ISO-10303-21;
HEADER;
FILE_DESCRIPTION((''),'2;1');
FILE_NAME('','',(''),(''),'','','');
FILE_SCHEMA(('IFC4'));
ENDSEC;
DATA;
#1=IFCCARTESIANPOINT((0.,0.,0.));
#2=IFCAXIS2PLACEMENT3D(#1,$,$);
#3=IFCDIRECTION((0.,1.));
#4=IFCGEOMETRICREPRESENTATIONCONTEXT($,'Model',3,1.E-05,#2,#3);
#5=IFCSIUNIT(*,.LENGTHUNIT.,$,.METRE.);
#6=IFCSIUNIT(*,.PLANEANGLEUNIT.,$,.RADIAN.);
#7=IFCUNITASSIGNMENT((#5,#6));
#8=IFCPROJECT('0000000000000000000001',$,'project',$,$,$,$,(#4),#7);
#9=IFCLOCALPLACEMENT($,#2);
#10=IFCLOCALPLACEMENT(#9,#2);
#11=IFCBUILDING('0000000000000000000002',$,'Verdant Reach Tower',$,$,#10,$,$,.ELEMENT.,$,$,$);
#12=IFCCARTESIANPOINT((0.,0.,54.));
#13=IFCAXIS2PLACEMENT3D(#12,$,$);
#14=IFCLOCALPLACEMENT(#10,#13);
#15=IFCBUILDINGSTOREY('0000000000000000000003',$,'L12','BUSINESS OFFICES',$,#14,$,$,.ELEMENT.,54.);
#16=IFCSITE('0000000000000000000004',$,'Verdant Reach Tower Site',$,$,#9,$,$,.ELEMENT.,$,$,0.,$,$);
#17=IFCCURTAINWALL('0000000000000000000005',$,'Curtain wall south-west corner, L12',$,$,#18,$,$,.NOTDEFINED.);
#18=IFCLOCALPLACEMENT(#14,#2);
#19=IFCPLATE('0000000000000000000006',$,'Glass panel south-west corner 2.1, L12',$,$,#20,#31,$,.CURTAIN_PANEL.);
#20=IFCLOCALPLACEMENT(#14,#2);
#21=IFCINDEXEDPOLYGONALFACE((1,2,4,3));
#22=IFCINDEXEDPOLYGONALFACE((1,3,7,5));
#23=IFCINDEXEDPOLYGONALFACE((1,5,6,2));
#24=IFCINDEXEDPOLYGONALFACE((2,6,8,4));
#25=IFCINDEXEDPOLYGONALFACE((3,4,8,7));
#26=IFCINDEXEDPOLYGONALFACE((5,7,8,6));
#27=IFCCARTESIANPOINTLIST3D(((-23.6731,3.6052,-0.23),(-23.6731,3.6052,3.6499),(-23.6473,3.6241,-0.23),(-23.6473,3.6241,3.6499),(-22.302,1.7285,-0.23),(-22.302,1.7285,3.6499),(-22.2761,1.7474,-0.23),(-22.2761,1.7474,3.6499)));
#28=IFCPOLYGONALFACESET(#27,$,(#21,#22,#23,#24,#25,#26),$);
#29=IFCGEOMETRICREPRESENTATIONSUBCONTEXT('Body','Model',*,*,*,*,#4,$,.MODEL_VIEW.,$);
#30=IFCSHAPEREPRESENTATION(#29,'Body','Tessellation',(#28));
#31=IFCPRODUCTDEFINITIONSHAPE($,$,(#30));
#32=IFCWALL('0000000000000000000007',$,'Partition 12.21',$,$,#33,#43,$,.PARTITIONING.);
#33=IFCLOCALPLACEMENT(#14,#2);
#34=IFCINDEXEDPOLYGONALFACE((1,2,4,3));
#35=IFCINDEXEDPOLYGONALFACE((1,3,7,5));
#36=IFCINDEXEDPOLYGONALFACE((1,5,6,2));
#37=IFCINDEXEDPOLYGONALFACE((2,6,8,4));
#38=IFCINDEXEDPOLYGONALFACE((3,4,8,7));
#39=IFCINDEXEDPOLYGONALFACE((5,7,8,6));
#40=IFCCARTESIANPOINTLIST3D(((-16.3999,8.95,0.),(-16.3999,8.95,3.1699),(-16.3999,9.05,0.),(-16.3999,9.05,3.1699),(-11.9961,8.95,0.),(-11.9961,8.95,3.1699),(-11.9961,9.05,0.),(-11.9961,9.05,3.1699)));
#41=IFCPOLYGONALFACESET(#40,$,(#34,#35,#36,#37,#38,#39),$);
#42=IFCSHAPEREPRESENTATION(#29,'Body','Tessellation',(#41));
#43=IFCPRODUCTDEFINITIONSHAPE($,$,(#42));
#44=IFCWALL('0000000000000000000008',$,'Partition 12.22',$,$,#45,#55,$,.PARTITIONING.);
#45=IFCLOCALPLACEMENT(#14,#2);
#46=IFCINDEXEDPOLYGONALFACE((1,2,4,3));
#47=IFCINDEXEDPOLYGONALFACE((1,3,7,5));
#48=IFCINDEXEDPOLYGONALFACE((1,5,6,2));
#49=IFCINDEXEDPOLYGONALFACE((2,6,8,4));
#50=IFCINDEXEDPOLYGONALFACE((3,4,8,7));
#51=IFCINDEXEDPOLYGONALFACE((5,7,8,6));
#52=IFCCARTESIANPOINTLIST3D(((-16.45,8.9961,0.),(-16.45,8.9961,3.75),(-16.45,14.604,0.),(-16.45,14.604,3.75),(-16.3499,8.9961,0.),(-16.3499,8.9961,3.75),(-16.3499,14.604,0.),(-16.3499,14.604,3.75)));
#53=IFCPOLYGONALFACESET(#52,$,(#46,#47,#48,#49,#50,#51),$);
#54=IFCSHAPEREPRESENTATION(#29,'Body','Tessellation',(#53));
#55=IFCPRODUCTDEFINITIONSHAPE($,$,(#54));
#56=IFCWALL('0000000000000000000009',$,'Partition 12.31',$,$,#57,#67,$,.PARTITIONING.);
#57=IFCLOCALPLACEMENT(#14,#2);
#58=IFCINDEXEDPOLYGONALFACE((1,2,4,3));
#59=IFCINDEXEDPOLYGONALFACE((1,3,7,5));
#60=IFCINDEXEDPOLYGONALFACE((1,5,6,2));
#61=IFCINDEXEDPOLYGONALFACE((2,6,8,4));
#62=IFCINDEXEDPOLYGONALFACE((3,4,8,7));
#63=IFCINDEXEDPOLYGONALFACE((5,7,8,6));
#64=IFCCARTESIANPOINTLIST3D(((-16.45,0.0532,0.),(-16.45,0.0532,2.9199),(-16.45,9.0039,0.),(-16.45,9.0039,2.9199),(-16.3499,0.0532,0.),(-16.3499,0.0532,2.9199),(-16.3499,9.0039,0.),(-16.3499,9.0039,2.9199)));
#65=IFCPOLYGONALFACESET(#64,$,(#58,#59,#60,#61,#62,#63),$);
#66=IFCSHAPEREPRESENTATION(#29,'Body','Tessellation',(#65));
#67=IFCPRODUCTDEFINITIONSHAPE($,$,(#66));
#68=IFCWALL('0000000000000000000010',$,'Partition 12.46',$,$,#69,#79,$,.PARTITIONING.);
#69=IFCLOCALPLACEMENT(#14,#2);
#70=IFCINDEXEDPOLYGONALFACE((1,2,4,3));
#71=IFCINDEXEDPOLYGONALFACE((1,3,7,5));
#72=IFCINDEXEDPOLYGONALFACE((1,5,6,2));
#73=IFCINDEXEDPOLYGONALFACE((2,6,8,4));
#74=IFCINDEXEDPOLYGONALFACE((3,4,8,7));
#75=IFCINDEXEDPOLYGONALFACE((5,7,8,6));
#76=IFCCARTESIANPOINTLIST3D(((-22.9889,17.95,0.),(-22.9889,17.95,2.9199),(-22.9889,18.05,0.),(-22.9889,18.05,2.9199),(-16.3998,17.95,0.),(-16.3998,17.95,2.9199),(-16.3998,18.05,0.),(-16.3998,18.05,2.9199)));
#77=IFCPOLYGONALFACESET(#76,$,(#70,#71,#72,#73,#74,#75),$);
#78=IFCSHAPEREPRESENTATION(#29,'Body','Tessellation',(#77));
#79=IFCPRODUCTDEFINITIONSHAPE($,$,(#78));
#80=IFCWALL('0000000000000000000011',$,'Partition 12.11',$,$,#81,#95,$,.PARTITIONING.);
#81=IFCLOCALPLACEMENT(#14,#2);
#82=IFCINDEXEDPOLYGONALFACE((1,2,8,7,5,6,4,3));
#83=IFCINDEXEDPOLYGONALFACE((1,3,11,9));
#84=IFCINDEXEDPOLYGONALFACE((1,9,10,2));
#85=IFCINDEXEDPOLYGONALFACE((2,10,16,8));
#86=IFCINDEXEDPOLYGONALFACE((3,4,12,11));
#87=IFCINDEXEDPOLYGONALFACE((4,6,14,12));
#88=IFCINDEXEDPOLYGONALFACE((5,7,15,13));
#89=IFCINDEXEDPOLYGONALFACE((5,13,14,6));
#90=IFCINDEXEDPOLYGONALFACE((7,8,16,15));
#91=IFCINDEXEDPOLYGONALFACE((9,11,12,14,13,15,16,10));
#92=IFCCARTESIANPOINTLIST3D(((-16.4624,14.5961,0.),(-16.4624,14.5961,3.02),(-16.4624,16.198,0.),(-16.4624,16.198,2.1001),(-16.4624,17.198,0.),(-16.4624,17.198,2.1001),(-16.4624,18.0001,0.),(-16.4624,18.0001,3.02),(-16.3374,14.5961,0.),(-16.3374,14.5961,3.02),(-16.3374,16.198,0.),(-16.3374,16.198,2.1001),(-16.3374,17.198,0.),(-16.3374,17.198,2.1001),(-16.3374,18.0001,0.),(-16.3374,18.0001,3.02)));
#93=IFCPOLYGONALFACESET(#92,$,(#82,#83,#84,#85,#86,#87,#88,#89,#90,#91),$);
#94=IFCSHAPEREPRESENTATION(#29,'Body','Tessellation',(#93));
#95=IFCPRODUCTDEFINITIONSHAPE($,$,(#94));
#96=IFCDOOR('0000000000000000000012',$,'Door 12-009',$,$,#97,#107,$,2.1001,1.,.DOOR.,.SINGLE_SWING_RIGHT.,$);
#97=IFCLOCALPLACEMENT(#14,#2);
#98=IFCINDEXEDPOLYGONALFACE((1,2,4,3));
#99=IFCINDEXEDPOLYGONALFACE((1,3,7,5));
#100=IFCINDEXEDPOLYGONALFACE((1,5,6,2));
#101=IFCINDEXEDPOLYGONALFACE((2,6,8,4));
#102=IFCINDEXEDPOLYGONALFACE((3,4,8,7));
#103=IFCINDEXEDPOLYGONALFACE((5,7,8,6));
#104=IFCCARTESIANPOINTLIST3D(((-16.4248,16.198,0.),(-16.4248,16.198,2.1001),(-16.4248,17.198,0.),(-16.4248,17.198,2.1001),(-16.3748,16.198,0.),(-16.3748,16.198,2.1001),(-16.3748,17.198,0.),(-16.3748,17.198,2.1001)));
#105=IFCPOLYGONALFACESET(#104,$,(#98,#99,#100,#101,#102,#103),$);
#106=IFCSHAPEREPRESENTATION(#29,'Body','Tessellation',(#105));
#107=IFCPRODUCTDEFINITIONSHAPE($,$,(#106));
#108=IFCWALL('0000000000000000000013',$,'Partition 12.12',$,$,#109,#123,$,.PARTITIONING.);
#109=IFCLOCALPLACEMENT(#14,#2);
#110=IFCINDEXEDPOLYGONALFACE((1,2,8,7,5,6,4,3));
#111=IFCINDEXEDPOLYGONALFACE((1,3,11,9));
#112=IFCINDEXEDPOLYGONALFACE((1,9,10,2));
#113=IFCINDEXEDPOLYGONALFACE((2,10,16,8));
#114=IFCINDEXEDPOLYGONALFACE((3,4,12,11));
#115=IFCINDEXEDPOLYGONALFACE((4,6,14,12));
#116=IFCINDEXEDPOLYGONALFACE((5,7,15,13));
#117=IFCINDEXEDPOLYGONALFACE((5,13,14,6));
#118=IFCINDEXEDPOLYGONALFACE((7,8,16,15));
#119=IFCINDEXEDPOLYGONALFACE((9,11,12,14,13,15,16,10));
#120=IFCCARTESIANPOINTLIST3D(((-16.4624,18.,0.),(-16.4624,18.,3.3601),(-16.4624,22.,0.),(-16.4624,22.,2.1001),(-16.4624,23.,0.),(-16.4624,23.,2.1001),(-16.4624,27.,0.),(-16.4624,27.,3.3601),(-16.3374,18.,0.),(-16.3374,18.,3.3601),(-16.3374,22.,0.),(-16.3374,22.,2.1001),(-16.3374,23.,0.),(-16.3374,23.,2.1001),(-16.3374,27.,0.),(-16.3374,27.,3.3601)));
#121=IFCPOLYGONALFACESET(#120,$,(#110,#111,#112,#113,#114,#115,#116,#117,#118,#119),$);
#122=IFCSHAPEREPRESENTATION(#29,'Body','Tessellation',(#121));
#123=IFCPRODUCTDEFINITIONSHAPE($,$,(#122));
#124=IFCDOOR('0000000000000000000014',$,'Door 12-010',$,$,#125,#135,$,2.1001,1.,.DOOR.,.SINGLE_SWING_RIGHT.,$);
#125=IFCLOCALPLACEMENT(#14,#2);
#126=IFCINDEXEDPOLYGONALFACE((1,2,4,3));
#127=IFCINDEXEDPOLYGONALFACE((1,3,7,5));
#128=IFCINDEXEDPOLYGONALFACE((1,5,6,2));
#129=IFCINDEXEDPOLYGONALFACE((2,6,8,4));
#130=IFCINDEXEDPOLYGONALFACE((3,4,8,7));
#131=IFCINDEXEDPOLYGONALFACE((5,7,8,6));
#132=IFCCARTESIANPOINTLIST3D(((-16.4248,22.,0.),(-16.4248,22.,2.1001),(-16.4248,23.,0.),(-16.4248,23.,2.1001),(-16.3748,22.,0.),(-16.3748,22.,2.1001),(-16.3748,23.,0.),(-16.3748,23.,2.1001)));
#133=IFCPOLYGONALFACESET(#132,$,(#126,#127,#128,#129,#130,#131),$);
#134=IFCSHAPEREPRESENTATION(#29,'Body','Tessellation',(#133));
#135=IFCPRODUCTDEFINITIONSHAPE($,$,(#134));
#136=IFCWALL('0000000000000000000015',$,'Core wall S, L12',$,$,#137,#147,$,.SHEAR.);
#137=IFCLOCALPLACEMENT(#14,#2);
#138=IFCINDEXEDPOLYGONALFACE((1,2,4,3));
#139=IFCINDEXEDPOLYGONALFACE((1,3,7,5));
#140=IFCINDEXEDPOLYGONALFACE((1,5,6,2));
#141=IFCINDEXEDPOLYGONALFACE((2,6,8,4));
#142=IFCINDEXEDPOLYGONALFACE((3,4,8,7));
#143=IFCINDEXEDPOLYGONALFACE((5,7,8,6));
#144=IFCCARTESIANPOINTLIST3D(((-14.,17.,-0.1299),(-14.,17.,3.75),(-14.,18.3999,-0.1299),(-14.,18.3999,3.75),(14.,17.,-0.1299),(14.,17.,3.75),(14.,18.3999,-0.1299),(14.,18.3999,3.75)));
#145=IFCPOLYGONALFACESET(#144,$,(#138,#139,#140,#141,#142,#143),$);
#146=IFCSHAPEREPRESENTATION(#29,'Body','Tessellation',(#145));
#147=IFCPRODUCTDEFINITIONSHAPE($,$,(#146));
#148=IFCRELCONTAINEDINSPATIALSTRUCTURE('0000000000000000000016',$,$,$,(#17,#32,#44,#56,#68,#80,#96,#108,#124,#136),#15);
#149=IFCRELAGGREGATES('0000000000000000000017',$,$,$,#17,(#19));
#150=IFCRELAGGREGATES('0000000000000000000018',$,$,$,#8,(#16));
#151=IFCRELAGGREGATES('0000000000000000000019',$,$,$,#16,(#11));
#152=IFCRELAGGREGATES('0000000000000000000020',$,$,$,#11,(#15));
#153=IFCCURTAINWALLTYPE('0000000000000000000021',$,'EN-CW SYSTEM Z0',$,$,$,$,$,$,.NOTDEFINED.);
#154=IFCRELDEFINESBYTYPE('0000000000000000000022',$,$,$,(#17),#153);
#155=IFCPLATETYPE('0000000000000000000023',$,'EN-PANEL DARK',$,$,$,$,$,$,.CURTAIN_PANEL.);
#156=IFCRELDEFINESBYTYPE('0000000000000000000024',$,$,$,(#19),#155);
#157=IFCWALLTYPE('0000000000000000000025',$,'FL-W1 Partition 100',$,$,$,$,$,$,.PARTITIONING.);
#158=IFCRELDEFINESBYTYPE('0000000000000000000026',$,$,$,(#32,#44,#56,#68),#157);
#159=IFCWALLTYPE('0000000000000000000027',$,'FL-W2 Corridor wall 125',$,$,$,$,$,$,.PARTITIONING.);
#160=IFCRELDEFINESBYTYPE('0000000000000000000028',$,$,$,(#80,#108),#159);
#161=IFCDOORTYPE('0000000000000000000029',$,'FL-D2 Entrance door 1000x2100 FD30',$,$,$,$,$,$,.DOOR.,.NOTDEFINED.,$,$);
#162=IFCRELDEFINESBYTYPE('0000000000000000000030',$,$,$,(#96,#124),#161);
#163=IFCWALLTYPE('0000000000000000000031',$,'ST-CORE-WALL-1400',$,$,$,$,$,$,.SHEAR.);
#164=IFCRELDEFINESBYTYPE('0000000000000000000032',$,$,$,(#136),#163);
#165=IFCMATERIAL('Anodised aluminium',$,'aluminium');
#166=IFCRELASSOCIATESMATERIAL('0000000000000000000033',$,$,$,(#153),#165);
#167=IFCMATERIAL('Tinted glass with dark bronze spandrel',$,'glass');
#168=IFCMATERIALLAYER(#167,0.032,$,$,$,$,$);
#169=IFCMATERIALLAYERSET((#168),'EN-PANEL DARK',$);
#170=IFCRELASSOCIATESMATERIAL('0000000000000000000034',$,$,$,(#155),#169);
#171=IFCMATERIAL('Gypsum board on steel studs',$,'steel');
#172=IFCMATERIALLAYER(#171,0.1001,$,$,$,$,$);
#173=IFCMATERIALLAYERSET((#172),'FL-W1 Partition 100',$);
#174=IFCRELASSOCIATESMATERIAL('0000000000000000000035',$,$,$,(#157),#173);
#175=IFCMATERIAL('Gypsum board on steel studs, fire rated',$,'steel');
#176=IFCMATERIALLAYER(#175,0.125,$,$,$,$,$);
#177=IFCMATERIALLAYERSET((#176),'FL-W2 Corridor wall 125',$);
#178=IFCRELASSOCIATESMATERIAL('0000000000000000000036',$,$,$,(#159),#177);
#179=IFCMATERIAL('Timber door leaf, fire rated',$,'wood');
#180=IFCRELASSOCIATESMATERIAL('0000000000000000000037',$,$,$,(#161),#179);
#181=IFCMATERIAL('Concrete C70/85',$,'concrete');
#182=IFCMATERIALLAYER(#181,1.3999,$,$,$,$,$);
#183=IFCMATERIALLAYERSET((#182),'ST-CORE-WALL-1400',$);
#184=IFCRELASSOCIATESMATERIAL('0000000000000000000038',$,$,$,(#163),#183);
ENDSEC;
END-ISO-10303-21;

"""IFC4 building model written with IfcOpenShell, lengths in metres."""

from ifc_helpers import new_model, si_unit, direction, frame, frame_2d, origin, origin_2d, place, context, subcontext, project, spatial, rectangle, extrude, material, layer, layer_set, type_object, element, fill, aggregate, save


model = new_model("IFC4")

# Units and contexts
model_context = context("Model", 3, precision=1e-05, world=origin(), true_north=direction((0.0, 1.0)))
body_context = subcontext(model_context, "Body", "Model", "MODEL_VIEW")
ifc_project = project(units=[si_unit("LENGTHUNIT", "METRE"), si_unit("PLANEANGLEUNIT", "RADIAN")], contexts=[model_context])

# Site, building, storey
site_placement = place(None, origin())
site = spatial("IfcSite", under=ifc_project, at=site_placement, Name="Verdant Reach Tower Site", CompositionType="ELEMENT", RefElevation=0.0)
building_placement = place(site_placement, origin())
building = spatial("IfcBuilding", under=site, at=building_placement, Name="Verdant Reach Tower", CompositionType="ELEMENT")
storey_placement = place(building_placement, frame((0.0, 0.0, 54.0)))
storey = spatial("IfcBuildingStorey", under=building, at=storey_placement, Name="L12", Description="BUSINESS OFFICES", CompositionType="ELEMENT", Elevation=54.0)

# Shared definitions
ifc_material_1 = material(Name="Anodised aluminium", Category="aluminium")
curtain_wall_type = type_object("IfcCurtainWallType", Name="EN-CW SYSTEM Z0", PredefinedType="NOTDEFINED", material=ifc_material_1)

# Curtain wall
curtain_wall_1_placement = place(storey_placement, origin())
curtain_wall_1 = element("IfcCurtainWall", 1, at=curtain_wall_1_placement, inside=storey, type_object=curtain_wall_type, Name="Curtain wall south-west corner, L12", PredefinedType="NOTDEFINED")

# Plate
ifc_material_2 = material(Name="Tinted glass with dark bronze spandrel", Category="glass")
ifc_layer_1 = layer(ifc_material_2, 0.032)
ifc_layer_set_1 = layer_set([ifc_layer_1], Name="EN-PANEL DARK")
plate_type_1 = type_object("IfcPlateType", Name="EN-PANEL DARK", PredefinedType="CURTAIN_PANEL", material=ifc_layer_set_1)
plate_1_placement = place(storey_placement, frame((-22.9746, 2.6763, -0.23), z_axis=(0.0, 0.0, 1.0), x_axis=(0.589927, -0.807457, 0.0)))
plate_1 = element("IfcPlate", 2, at=plate_1_placement, type_object=plate_type_1, Name="Glass panel south-west corner 2.1, L12", PredefinedType="CURTAIN_PANEL", context=body_context, shape_type="SweptSolid", body=[
    extrude(rectangle(XDim=2.3242, YDim=0.032, at=origin_2d()), origin(), (0.0, 0.0, 1.0), 3.8799),
])
aggregate(curtain_wall_1, [plate_1])

# Walls
ifc_material_3 = material(Name="Gypsum board on steel studs", Category="steel")
ifc_layer_2 = layer(ifc_material_3, 0.1001)
ifc_layer_set_2 = layer_set([ifc_layer_2], Name="FL-W1 Partition 100")
wall_type_1 = type_object("IfcWallType", Name="FL-W1 Partition 100", PredefinedType="PARTITIONING", material=ifc_layer_set_2)
wall_1_placement = place(storey_placement, frame((-16.3999, 9.0, 0.0), z_axis=(0.0, 0.0, 1.0), x_axis=(1.0, 0.0, 0.0)))
element("IfcWall", 3, at=wall_1_placement, inside=storey, type_object=wall_type_1, Name="Partition 12.21", PredefinedType="PARTITIONING", context=body_context, shape_type="SweptSolid", body=[
    extrude(rectangle(XDim=4.4038, YDim=0.1001, at=frame_2d((2.2019, 0.0))), origin(), (0.0, 0.0, 1.0), 3.1699),
])
wall_2_placement = place(storey_placement, frame((-16.3999, 14.604, 0.0), z_axis=(0.0, 0.0, 1.0), x_axis=(0.0, -1.0, 0.0)))
element("IfcWall", 4, at=wall_2_placement, inside=storey, type_object=wall_type_1, Name="Partition 12.22", PredefinedType="PARTITIONING", context=body_context, shape_type="SweptSolid", body=[
    extrude(rectangle(XDim=5.6079, YDim=0.1001, at=frame_2d((2.804, 0.0))), origin(), (0.0, 0.0, 1.0), 3.75),
])
wall_3_placement = place(storey_placement, frame((-16.3999, 9.0039, 0.0), z_axis=(0.0, 0.0, 1.0), x_axis=(0.0, -1.0, 0.0)))
element("IfcWall", 5, at=wall_3_placement, inside=storey, type_object=wall_type_1, Name="Partition 12.31", PredefinedType="PARTITIONING", context=body_context, shape_type="SweptSolid", body=[
    extrude(rectangle(XDim=8.9507, YDim=0.1001, at=frame_2d((4.4753, 0.0))), origin(), (0.0, 0.0, 1.0), 2.9199),
])
wall_4_placement = place(storey_placement, frame((-16.3999, 18.0, 0.0), z_axis=(0.0, 0.0, 1.0), x_axis=(-1.0, 0.0, 0.0)))
element("IfcWall", 6, at=wall_4_placement, inside=storey, type_object=wall_type_1, Name="Partition 12.46", PredefinedType="PARTITIONING", context=body_context, shape_type="SweptSolid", body=[
    extrude(rectangle(XDim=6.5891, YDim=0.1001, at=frame_2d((3.2944, 0.0))), origin(), (0.0, 0.0, 1.0), 2.9199),
])

# Walls, openings, doors
ifc_material_4 = material(Name="Gypsum board on steel studs, fire rated", Category="steel")
ifc_layer_3 = layer(ifc_material_4, 0.125)
ifc_layer_set_3 = layer_set([ifc_layer_3], Name="FL-W2 Corridor wall 125")
wall_type_2 = type_object("IfcWallType", Name="FL-W2 Corridor wall 125", PredefinedType="PARTITIONING", material=ifc_layer_set_3)
wall_5_placement = place(storey_placement, frame((-16.3999, 14.5959, 0.0), z_axis=(0.0, 0.0, 1.0), x_axis=(0.0, 1.0, 0.0)))
wall_5 = element("IfcWall", 7, at=wall_5_placement, inside=storey, type_object=wall_type_2, Name="Partition 12.11", PredefinedType="PARTITIONING", context=body_context, shape_type="SweptSolid", body=[
    extrude(rectangle(XDim=3.4041, YDim=0.125, at=frame_2d((1.7021, 0.0))), origin(), (0.0, 0.0, 1.0), 3.02),
])
opening_1_placement = place(wall_5_placement, frame((1.6021, 0.0, 0.0)))
opening_1 = element("IfcOpeningElement", 8, at=opening_1_placement, cuts=wall_5, PredefinedType="OPENING", context=body_context, shape_type="SweptSolid", body=[
    extrude(rectangle(XDim=1.0, YDim=2.1001, at=frame_2d((0.5, 1.05))), frame((0.0, 0.0725, 0.0), z_axis=(0.0, -1.0, 0.0), x_axis=(1.0, 0.0, 0.0)), (0.0, 0.0, 1.0), 0.145),
])
ifc_material_5 = material(Name="Timber door leaf, fire rated", Category="wood")
door_type = type_object("IfcDoorType", Name="FL-D2 Entrance door 1000x2100 FD30", OperationType="NOTDEFINED", PredefinedType="DOOR", material=ifc_material_5)
door_1_placement = place(opening_1_placement, origin())
door_1 = element("IfcDoor", 9, at=door_1_placement, inside=storey, type_object=door_type, Name="Door 12-009", OperationType="SINGLE_SWING_RIGHT", OverallHeight=2.1001, OverallWidth=1.0, PredefinedType="DOOR", context=body_context, shape_type="SweptSolid", body=[
    extrude(rectangle(XDim=1.0, YDim=2.1001, at=frame_2d((0.5, 1.05))), frame((0.0, 0.0249, 0.0), z_axis=(0.0, -1.0, 0.0), x_axis=(1.0, 0.0, 0.0)), (0.0, 0.0, 1.0), 0.05),
])
fill(opening_1, door_1)
wall_6_placement = place(storey_placement, frame((-16.3999, 18.0, 0.0), z_axis=(0.0, 0.0, 1.0), x_axis=(0.0, 1.0, 0.0)))
wall_6 = element("IfcWall", 10, at=wall_6_placement, inside=storey, type_object=wall_type_2, Name="Partition 12.12", PredefinedType="PARTITIONING", context=body_context, shape_type="SweptSolid", body=[
    extrude(rectangle(XDim=9.0, YDim=0.125, at=frame_2d((4.5, 0.0))), origin(), (0.0, 0.0, 1.0), 3.3601),
])
opening_2_placement = place(wall_6_placement, frame((4.0, 0.0, 0.0)))
opening_2 = element("IfcOpeningElement", 11, at=opening_2_placement, cuts=wall_6, PredefinedType="OPENING", context=body_context, shape_type="SweptSolid", body=[
    extrude(rectangle(XDim=1.0, YDim=2.1001, at=frame_2d((0.5, 1.05))), frame((0.0, 0.0725, 0.0), z_axis=(0.0, -1.0, 0.0), x_axis=(1.0, 0.0, 0.0)), (0.0, 0.0, 1.0), 0.145),
])
door_2_placement = place(opening_2_placement, origin())
door_2 = element("IfcDoor", 12, at=door_2_placement, inside=storey, type_object=door_type, Name="Door 12-010", OperationType="SINGLE_SWING_RIGHT", OverallHeight=2.1001, OverallWidth=1.0, PredefinedType="DOOR", context=body_context, shape_type="SweptSolid", body=[
    extrude(rectangle(XDim=1.0, YDim=2.1001, at=frame_2d((0.5, 1.05))), frame((0.0, 0.0249, 0.0), z_axis=(0.0, -1.0, 0.0), x_axis=(1.0, 0.0, 0.0)), (0.0, 0.0, 1.0), 0.05),
])
fill(opening_2, door_2)

# Wall
ifc_material_6 = material(Name="Concrete C70/85", Category="concrete")
ifc_layer_4 = layer(ifc_material_6, 1.3999)
ifc_layer_set_4 = layer_set([ifc_layer_4], Name="ST-CORE-WALL-1400")
wall_type_3 = type_object("IfcWallType", Name="ST-CORE-WALL-1400", PredefinedType="SHEAR", material=ifc_layer_set_4)
wall_7_placement = place(storey_placement, frame((-14.0, 17.7, -0.1299), z_axis=(0.0, 0.0, 1.0), x_axis=(1.0, 0.0, 0.0)))
element("IfcWall", 13, at=wall_7_placement, inside=storey, type_object=wall_type_3, Name="Core wall S, L12", PredefinedType="SHEAR", context=body_context, shape_type="SweptSolid", body=[
    extrude(rectangle(XDim=28.0, YDim=1.3999, at=frame_2d((14.0, 0.0))), origin(), (0.0, 0.0, 1.0), 3.8799),
])

save(model, "model.ifc")
